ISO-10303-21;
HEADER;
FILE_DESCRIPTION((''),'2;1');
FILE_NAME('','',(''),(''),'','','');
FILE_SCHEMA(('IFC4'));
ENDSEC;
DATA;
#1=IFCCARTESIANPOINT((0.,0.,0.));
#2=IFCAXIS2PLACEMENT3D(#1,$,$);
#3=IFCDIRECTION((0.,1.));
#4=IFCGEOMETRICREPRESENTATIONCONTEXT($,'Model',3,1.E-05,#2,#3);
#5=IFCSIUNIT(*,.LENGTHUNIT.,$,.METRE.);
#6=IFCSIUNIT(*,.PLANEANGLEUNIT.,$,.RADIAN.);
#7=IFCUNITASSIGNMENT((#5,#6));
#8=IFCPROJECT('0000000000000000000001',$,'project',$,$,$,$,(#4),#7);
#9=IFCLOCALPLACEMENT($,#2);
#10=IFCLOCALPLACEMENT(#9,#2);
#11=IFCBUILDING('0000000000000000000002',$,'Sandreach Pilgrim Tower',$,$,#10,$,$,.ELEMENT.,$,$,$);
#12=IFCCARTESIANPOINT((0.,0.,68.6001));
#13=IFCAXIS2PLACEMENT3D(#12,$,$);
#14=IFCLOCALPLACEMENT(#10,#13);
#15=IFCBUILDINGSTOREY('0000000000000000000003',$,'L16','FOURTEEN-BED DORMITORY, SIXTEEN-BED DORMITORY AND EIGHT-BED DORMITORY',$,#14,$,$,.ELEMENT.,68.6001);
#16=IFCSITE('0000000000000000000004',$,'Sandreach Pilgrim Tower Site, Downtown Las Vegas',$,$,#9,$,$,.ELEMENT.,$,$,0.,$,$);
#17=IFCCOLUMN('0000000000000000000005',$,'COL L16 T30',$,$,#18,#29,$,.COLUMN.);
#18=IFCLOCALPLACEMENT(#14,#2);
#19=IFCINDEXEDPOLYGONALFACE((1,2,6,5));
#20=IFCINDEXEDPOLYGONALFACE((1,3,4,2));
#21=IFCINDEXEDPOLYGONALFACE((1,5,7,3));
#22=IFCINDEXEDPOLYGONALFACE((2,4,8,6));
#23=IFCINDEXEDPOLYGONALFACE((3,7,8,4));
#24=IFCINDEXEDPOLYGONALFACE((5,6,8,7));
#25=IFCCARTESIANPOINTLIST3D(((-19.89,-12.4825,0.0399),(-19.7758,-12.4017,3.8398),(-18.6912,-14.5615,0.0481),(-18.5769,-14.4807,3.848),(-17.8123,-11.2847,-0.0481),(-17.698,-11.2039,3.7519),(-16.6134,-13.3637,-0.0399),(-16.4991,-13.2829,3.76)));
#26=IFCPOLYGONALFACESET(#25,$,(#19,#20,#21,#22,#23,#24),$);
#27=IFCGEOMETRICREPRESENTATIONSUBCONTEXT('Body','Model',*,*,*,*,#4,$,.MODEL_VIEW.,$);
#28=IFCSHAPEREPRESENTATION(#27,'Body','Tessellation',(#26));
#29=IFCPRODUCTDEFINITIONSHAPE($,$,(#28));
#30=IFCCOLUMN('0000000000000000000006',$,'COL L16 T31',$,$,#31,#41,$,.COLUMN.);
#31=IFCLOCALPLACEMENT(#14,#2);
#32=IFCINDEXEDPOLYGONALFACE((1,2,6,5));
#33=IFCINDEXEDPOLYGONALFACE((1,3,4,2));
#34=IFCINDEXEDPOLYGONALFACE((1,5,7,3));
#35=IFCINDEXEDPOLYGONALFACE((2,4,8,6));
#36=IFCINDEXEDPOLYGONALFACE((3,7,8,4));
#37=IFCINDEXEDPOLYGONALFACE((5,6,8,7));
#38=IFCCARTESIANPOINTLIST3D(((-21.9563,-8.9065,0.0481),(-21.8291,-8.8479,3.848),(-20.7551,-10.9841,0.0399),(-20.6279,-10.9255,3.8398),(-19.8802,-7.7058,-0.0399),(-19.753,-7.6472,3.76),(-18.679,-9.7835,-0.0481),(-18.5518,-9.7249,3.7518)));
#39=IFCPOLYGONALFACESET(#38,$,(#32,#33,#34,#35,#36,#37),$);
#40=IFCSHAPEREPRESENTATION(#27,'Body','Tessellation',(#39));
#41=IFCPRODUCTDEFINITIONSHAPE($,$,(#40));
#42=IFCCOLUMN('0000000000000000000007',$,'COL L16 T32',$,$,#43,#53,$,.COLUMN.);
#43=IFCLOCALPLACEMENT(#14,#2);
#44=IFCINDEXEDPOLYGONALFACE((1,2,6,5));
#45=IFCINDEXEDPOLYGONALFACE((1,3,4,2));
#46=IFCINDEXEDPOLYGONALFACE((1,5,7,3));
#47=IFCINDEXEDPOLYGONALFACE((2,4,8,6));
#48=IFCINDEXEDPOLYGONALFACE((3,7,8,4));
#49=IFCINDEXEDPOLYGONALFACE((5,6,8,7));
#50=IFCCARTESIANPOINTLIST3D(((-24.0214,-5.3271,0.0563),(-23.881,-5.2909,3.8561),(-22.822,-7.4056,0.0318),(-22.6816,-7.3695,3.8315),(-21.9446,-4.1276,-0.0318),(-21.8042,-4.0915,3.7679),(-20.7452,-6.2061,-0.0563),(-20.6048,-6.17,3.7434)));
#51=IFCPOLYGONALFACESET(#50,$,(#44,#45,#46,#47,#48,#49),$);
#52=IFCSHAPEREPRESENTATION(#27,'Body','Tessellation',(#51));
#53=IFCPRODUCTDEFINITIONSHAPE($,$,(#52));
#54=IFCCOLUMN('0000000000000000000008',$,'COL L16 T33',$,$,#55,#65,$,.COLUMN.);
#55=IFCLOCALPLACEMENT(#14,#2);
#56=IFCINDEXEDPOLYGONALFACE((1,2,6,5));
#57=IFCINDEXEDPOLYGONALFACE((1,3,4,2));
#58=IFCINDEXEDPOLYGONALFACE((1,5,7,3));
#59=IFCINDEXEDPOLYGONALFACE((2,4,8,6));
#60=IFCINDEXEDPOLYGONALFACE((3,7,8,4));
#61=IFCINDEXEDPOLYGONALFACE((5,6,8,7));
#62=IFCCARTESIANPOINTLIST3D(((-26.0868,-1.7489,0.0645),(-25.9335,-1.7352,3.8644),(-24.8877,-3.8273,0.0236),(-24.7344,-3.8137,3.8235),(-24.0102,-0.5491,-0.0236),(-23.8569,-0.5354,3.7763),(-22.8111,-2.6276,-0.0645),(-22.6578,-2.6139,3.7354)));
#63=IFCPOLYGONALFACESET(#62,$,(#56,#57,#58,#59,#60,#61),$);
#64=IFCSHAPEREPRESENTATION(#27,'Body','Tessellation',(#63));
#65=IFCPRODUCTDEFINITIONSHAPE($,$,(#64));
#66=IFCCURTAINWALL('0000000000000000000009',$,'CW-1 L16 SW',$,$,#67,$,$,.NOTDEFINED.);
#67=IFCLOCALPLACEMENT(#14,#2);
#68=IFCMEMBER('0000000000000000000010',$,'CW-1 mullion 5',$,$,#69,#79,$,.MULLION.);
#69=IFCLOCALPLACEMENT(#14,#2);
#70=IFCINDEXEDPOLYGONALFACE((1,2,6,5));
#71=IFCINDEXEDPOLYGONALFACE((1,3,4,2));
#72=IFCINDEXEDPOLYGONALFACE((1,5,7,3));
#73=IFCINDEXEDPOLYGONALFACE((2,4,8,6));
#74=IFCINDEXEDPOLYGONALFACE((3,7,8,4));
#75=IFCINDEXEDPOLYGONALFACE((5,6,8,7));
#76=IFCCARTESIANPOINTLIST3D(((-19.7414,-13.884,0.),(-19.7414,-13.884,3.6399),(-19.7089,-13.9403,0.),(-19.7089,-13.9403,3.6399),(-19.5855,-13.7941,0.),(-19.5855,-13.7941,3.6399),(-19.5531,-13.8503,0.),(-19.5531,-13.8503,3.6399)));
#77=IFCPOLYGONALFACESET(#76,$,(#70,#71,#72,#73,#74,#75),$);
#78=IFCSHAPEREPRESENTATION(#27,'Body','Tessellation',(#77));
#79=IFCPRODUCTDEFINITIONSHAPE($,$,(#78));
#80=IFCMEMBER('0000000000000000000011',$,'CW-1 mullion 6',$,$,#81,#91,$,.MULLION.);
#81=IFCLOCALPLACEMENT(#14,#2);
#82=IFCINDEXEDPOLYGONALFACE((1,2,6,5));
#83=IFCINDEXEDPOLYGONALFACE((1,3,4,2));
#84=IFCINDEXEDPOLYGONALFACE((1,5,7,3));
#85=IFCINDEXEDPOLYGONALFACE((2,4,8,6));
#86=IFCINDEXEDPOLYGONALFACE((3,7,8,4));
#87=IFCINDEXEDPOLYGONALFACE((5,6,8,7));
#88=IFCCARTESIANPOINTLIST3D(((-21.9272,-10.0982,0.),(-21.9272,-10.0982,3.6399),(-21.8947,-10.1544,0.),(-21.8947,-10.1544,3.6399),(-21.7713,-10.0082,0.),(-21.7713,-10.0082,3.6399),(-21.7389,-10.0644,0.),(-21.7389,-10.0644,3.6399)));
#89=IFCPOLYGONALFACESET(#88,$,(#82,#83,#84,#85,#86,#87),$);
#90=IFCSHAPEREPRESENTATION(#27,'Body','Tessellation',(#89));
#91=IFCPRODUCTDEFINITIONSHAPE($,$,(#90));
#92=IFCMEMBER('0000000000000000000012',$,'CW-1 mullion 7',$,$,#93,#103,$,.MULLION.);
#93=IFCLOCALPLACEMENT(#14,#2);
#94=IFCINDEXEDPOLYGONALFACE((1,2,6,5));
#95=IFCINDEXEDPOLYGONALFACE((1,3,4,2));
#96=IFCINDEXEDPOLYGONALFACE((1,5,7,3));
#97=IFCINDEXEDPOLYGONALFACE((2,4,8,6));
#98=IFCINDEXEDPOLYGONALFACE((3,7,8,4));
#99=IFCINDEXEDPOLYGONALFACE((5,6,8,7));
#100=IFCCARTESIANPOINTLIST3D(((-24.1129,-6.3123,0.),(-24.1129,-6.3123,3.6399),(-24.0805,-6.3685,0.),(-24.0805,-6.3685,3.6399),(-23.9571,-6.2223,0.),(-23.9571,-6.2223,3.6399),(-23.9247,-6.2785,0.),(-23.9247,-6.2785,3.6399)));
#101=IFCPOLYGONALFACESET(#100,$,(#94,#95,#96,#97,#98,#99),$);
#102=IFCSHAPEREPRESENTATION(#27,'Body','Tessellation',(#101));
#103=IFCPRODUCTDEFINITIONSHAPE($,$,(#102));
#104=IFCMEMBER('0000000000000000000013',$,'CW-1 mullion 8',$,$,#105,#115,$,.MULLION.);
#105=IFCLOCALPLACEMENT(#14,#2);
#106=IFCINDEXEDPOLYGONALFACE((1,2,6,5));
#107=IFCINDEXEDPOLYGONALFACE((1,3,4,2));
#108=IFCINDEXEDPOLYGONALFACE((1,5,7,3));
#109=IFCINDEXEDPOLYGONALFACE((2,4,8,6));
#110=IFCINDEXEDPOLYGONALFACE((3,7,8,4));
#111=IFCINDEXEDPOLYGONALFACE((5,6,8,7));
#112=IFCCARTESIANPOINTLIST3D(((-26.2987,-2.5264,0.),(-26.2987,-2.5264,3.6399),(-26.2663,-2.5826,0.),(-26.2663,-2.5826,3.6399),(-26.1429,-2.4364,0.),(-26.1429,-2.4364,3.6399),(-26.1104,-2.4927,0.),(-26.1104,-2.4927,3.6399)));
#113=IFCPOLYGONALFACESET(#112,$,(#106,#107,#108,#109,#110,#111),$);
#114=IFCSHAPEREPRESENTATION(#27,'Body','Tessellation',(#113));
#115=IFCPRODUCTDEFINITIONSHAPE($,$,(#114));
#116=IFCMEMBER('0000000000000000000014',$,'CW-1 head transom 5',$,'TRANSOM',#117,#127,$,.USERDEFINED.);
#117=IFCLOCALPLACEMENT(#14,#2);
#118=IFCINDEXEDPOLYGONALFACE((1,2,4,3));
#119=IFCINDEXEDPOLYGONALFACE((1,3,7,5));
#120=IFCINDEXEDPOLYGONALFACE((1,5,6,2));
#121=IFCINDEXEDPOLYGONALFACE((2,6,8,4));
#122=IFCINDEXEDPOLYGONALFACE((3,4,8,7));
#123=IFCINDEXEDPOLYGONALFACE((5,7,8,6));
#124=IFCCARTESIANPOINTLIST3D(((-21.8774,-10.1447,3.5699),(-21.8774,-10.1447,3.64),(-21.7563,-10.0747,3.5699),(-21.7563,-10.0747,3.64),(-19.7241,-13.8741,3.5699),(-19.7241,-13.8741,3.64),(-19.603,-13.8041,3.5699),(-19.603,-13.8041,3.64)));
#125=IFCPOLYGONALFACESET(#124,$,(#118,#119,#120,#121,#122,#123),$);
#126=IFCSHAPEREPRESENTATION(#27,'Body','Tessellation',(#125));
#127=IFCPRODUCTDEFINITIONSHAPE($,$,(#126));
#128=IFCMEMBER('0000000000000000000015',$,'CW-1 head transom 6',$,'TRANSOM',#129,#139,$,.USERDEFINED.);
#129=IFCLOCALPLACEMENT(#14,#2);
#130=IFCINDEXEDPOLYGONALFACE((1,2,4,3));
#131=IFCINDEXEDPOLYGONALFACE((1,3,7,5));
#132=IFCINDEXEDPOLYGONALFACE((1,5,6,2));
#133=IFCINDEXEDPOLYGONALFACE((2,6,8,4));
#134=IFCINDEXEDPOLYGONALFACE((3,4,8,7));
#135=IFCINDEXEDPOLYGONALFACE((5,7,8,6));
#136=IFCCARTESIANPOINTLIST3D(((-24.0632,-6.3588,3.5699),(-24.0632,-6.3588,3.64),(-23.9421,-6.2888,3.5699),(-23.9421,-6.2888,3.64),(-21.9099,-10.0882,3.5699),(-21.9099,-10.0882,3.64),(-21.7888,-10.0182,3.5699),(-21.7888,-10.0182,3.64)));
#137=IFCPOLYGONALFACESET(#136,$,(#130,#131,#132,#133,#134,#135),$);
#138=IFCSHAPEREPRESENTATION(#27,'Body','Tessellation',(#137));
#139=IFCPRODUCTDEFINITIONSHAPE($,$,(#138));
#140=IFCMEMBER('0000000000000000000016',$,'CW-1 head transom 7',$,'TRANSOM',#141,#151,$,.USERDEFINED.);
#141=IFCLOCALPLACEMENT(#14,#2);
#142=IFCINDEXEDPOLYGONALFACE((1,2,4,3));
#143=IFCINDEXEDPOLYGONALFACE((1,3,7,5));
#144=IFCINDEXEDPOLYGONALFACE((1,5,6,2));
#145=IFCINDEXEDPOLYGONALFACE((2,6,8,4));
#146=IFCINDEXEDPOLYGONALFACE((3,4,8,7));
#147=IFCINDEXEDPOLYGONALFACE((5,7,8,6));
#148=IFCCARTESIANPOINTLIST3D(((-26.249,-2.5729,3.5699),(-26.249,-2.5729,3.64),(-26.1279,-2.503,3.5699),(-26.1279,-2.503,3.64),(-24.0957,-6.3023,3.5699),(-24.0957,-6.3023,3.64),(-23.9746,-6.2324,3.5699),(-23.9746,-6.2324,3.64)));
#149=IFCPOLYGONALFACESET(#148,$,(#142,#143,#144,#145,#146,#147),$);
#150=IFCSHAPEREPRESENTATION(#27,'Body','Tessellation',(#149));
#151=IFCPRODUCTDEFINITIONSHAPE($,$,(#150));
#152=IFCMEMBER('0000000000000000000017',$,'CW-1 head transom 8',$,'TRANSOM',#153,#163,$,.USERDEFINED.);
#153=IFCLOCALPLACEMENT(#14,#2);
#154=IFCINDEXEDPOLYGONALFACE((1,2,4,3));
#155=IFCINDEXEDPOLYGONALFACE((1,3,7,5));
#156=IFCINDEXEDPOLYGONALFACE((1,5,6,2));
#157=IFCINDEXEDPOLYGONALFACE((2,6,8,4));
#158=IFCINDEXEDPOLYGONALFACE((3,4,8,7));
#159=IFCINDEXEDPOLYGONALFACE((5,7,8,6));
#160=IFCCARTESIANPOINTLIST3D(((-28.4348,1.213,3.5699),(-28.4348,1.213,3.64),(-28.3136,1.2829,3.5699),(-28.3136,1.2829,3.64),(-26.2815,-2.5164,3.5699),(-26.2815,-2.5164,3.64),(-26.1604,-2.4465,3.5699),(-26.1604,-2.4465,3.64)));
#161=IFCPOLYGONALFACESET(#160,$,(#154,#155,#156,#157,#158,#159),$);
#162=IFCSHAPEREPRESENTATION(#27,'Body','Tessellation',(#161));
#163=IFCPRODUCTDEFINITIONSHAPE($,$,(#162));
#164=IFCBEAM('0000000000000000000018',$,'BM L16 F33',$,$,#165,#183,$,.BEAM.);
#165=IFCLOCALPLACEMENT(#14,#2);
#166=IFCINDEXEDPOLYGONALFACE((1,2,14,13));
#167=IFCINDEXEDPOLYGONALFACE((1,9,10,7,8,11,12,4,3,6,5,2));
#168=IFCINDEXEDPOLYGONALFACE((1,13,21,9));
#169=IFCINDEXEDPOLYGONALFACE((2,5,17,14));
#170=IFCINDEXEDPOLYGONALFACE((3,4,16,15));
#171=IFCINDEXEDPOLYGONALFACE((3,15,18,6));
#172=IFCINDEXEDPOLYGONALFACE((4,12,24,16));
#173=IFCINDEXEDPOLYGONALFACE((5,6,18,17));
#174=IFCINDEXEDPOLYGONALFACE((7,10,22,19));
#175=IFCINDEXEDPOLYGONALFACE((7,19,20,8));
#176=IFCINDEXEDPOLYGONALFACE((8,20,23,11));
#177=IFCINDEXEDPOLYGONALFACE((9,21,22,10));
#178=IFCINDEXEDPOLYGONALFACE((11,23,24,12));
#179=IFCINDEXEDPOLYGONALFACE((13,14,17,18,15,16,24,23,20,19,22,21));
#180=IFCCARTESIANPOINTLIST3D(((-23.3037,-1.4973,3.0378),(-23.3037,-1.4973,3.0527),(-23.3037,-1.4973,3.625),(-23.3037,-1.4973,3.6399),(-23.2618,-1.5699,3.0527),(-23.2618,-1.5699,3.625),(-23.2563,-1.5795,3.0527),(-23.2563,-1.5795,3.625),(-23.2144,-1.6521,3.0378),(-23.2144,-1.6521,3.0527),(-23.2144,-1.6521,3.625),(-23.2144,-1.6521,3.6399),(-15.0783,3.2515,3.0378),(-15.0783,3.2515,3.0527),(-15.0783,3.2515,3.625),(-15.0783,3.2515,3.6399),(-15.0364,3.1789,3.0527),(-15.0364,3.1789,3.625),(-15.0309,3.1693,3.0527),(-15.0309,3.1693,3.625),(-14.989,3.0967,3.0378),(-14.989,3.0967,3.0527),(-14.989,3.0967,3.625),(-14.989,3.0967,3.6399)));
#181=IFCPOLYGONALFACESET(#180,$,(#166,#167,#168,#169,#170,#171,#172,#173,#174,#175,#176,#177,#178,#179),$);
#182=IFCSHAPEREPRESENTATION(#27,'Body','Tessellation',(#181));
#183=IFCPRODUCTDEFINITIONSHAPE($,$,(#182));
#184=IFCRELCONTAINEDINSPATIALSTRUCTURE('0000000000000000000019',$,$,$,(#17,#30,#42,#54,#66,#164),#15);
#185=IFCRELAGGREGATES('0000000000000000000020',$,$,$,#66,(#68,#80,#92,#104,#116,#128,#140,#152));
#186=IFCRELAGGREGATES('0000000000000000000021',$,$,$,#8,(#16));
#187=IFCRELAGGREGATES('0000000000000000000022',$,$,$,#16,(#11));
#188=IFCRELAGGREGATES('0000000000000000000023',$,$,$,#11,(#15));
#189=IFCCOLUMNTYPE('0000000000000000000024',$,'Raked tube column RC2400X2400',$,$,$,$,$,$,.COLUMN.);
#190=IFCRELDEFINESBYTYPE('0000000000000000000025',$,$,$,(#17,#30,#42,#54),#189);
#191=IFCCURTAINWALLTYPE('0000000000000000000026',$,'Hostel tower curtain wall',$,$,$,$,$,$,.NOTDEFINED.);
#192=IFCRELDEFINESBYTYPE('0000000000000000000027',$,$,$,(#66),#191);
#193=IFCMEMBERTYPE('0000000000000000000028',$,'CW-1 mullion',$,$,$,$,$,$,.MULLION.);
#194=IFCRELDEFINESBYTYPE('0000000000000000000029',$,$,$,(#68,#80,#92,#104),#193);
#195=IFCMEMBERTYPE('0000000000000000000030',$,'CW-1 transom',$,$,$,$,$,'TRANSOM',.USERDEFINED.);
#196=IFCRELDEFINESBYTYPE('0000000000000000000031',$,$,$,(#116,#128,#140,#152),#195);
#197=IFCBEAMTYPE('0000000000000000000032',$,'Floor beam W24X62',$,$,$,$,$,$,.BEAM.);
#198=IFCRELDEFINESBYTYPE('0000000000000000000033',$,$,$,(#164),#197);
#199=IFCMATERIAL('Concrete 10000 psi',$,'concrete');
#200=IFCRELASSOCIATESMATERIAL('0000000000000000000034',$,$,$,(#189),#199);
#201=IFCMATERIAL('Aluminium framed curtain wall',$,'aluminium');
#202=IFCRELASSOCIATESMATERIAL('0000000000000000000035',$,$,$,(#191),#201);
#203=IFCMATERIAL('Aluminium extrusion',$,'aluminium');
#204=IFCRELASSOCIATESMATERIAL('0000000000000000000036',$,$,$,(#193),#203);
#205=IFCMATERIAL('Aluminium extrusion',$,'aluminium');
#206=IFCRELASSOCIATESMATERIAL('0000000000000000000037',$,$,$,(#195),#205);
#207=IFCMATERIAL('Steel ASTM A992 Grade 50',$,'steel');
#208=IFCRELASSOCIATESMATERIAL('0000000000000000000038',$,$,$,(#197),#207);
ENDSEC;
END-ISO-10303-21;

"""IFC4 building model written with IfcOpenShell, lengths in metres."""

from ifc_helpers import new_model, si_unit, direction, frame, origin, origin_2d, place, context, subcontext, project, spatial, rectangle, i_section, extrude, material, material_profile, profile_set, type_object, element, aggregate, save


model = new_model("IFC4")

# Units and contexts
model_context = context("Model", 3, precision=1e-05, world=origin(), true_north=direction((0.0, 1.0)))
body_context = subcontext(model_context, "Body", "Model", "MODEL_VIEW")
ifc_project = project(units=[si_unit("LENGTHUNIT", "METRE"), si_unit("PLANEANGLEUNIT", "RADIAN")], contexts=[model_context])

# Site, building, storey
site_placement = place(None, origin())
site = spatial("IfcSite", under=ifc_project, at=site_placement, Name="Sandreach Pilgrim Tower Site, Downtown Las Vegas", CompositionType="ELEMENT", RefElevation=0.0)
building_placement = place(site_placement, origin())
building = spatial("IfcBuilding", under=site, at=building_placement, Name="Sandreach Pilgrim Tower", CompositionType="ELEMENT")
storey_placement = place(building_placement, frame((0.0, 0.0, 68.6001)))
storey = spatial("IfcBuildingStorey", under=building, at=storey_placement, Name="L16", Description="FOURTEEN-BED DORMITORY, SIXTEEN-BED DORMITORY AND EIGHT-BED DORMITORY", CompositionType="ELEMENT", Elevation=68.6001)

# Columns
ifc_material_1 = material(Name="Concrete 10000 psi", Category="concrete")
ifc_material_profile_1 = material_profile(ifc_material_1, rectangle(XDim=2.3999, YDim=2.3999, at=origin_2d()), Name="RC2400X2400")
ifc_profile_set_1 = profile_set([ifc_material_profile_1], Name="Concrete 10000 psi")
column_type = type_object("IfcColumnType", Name="Raked tube column RC2400X2400", PredefinedType="COLUMN", material=ifc_profile_set_1)
for number, where, z_axis, x_axis, name in (
    (1, (-18.2517, -12.9231, 0.0), (0.030049, 0.021253, 0.999322), (-0.865768, -0.499102, 0.036648), "COL L16 T30"),
    (2, (-20.3176, -9.345, 0.0), (0.033452, 0.01541, 0.999322), (-0.865086, -0.500282, 0.036673), "COL L16 T31"),
    (3, (-22.3833, -5.7666, 0.0), (0.036917, 0.009502, 0.999273), (-0.865363, -0.499798, 0.036723), "COL L16 T32"),
):
    element("IfcColumn", number, at=place(storey_placement, frame(where, z_axis=z_axis, x_axis=x_axis)), inside=storey, type_object=column_type, Name=name, PredefinedType="COLUMN", context=body_context, shape_type="SweptSolid", body=[
        extrude(rectangle(XDim=2.3999, YDim=2.3999, at=origin_2d()), origin(), (0.0, 0.0, 1.0), 3.8025),
    ])
column_placement = place(storey_placement, frame((-24.449, -2.1882, 0.0), z_axis=(0.040316, 0.003595, 0.99918), x_axis=(-0.865292, -0.499922, 0.036713)))
element("IfcColumn", 4, at=column_placement, inside=storey, type_object=column_type, Name="COL L16 T33", PredefinedType="COLUMN", context=body_context, shape_type="SweptSolid", body=[
    extrude(rectangle(XDim=2.3999, YDim=2.3999, at=origin_2d()), origin(), (0.0, 0.0, 1.0), 3.803),
])

# Curtain wall, members
ifc_material_2 = material(Name="Aluminium framed curtain wall", Category="aluminium")
curtain_wall_type = type_object("IfcCurtainWallType", Name="Hostel tower curtain wall", PredefinedType="NOTDEFINED", material=ifc_material_2)
curtain_wall_placement = place(storey_placement, origin())
curtain_wall = element("IfcCurtainWall", 5, at=curtain_wall_placement, inside=storey, type_object=curtain_wall_type, Name="CW-1 L16 SW", PredefinedType="NOTDEFINED")
ifc_material_3 = material(Name="Aluminium extrusion", Category="aluminium")
ifc_material_profile_2 = material_profile(ifc_material_3, rectangle(XDim=0.0649, YDim=0.1799, at=origin_2d()), Name="CW-1M 65X180")
ifc_profile_set_2 = profile_set([ifc_material_profile_2], Name="Aluminium extrusion")
member_type_1 = type_object("IfcMemberType", Name="CW-1 mullion", PredefinedType="MULLION", material=ifc_profile_set_2)
member_1_placement = place(storey_placement, frame((-19.6472, -13.8672, 0.0), z_axis=(0.0, 0.0, 1.0), x_axis=(-0.5, 0.866025, 0.0)))
member_1 = element("IfcMember", 6, at=member_1_placement, type_object=member_type_1, Name="CW-1 mullion 5", PredefinedType="MULLION", context=body_context, shape_type="SweptSolid", body=[
    extrude(rectangle(XDim=0.0649, YDim=0.1799, at=origin_2d()), origin(), (0.0, 0.0, 1.0), 3.6399),
])
member_2_placement = place(storey_placement, frame((-21.833, -10.0813, 0.0), z_axis=(0.0, 0.0, 1.0), x_axis=(-0.5, 0.866025, 0.0)))
member_2 = element("IfcMember", 7, at=member_2_placement, type_object=member_type_1, Name="CW-1 mullion 6", PredefinedType="MULLION", context=body_context, shape_type="SweptSolid", body=[
    extrude(rectangle(XDim=0.0649, YDim=0.1799, at=origin_2d()), origin(), (0.0, 0.0, 1.0), 3.6399),
])
member_3_placement = place(storey_placement, frame((-24.0188, -6.2954, 0.0), z_axis=(0.0, 0.0, 1.0), x_axis=(-0.5, 0.866025, 0.0)))
member_3 = element("IfcMember", 8, at=member_3_placement, type_object=member_type_1, Name="CW-1 mullion 7", PredefinedType="MULLION", context=body_context, shape_type="SweptSolid", body=[
    extrude(rectangle(XDim=0.0649, YDim=0.1799, at=origin_2d()), origin(), (0.0, 0.0, 1.0), 3.6399),
])
member_4_placement = place(storey_placement, frame((-26.2046, -2.5095, 0.0), z_axis=(0.0, 0.0, 1.0), x_axis=(-0.5, 0.866025, 0.0)))
member_4 = element("IfcMember", 9, at=member_4_placement, type_object=member_type_1, Name="CW-1 mullion 8", PredefinedType="MULLION", context=body_context, shape_type="SweptSolid", body=[
    extrude(rectangle(XDim=0.0649, YDim=0.1799, at=origin_2d()), origin(), (0.0, 0.0, 1.0), 3.6399),
])
ifc_material_4 = material(Name="Aluminium extrusion", Category="aluminium")
ifc_material_profile_3 = material_profile(ifc_material_4, rectangle(XDim=0.1399, YDim=0.0701, at=origin_2d()), Name="CW-1T 140X70")
ifc_profile_set_3 = profile_set([ifc_material_profile_3], Name="Aluminium extrusion")
member_type_2 = type_object("IfcMemberType", Name="CW-1 transom", ElementType="TRANSOM", PredefinedType="USERDEFINED", material=ifc_profile_set_3)
member_5_placement = place(storey_placement, frame((-19.6636, -13.8391, 3.605), z_axis=(-0.500017, 0.866016, 0.0), x_axis=(-0.866016, -0.500017, 0.0)))
member_5 = element("IfcMember", 10, at=member_5_placement, type_object=member_type_2, Name="CW-1 head transom 5", ObjectType="TRANSOM", PredefinedType="USERDEFINED", context=body_context, shape_type="SweptSolid", body=[
    extrude(rectangle(XDim=0.1399, YDim=0.0701, at=origin_2d()), origin(), (0.0, 0.0, 1.0), 4.3064),
])
member_6_placement = place(storey_placement, frame((-21.8494, -10.0532, 3.605), z_axis=(-0.500017, 0.866016, 0.0), x_axis=(-0.866016, -0.500017, 0.0)))
member_6 = element("IfcMember", 11, at=member_6_placement, type_object=member_type_2, Name="CW-1 head transom 6", ObjectType="TRANSOM", PredefinedType="USERDEFINED", context=body_context, shape_type="SweptSolid", body=[
    extrude(rectangle(XDim=0.1399, YDim=0.0701, at=origin_2d()), origin(), (0.0, 0.0, 1.0), 4.3064),
])
member_7_placement = place(storey_placement, frame((-24.0352, -6.2673, 3.605), z_axis=(-0.500017, 0.866016, 0.0), x_axis=(-0.866016, -0.500017, 0.0)))
member_7 = element("IfcMember", 12, at=member_7_placement, type_object=member_type_2, Name="CW-1 head transom 7", ObjectType="TRANSOM", PredefinedType="USERDEFINED", context=body_context, shape_type="SweptSolid", body=[
    extrude(rectangle(XDim=0.1399, YDim=0.0701, at=origin_2d()), origin(), (0.0, 0.0, 1.0), 4.3064),
])
member_8_placement = place(storey_placement, frame((-26.2209, -2.4814, 3.605), z_axis=(-0.500017, 0.866016, 0.0), x_axis=(-0.866016, -0.500017, 0.0)))
member_8 = element("IfcMember", 13, at=member_8_placement, type_object=member_type_2, Name="CW-1 head transom 8", ObjectType="TRANSOM", PredefinedType="USERDEFINED", context=body_context, shape_type="SweptSolid", body=[
    extrude(rectangle(XDim=0.1399, YDim=0.0701, at=origin_2d()), origin(), (0.0, 0.0, 1.0), 4.3064),
])

# Beam
ifc_material_5 = material(Name="Steel ASTM A992 Grade 50", Category="steel")
ifc_material_profile_4 = material_profile(ifc_material_5, i_section(OverallWidth=0.1787, OverallDepth=0.6021, WebThickness=0.011, FlangeThickness=0.0149, at=origin_2d()), Name="W24X62")
ifc_profile_set_4 = profile_set([ifc_material_profile_4], Name="Steel ASTM A992 Grade 50")
beam_type_1 = type_object("IfcBeamType", Name="Floor beam W24X62", PredefinedType="BEAM", material=ifc_profile_set_4)
beam_1_placement = place(storey_placement, frame((-23.259, -1.5747, 3.3389), z_axis=(0.866031, 0.49999, 0.0), x_axis=(-0.49999, 0.866031, 0.0)))
element("IfcBeam", 14, at=beam_1_placement, inside=storey, type_object=beam_type_1, Name="BM L16 F33", PredefinedType="BEAM", context=body_context, shape_type="SweptSolid", body=[
    extrude(i_section(OverallWidth=0.1787, OverallDepth=0.6021, WebThickness=0.011, FlangeThickness=0.0149, at=origin_2d()), origin(), (0.0, 0.0, 1.0), 9.4978),
])

aggregate(curtain_wall, [member_1, member_2, member_3, member_4, member_5, member_6, member_7, member_8])

save(model, "model.ifc")
